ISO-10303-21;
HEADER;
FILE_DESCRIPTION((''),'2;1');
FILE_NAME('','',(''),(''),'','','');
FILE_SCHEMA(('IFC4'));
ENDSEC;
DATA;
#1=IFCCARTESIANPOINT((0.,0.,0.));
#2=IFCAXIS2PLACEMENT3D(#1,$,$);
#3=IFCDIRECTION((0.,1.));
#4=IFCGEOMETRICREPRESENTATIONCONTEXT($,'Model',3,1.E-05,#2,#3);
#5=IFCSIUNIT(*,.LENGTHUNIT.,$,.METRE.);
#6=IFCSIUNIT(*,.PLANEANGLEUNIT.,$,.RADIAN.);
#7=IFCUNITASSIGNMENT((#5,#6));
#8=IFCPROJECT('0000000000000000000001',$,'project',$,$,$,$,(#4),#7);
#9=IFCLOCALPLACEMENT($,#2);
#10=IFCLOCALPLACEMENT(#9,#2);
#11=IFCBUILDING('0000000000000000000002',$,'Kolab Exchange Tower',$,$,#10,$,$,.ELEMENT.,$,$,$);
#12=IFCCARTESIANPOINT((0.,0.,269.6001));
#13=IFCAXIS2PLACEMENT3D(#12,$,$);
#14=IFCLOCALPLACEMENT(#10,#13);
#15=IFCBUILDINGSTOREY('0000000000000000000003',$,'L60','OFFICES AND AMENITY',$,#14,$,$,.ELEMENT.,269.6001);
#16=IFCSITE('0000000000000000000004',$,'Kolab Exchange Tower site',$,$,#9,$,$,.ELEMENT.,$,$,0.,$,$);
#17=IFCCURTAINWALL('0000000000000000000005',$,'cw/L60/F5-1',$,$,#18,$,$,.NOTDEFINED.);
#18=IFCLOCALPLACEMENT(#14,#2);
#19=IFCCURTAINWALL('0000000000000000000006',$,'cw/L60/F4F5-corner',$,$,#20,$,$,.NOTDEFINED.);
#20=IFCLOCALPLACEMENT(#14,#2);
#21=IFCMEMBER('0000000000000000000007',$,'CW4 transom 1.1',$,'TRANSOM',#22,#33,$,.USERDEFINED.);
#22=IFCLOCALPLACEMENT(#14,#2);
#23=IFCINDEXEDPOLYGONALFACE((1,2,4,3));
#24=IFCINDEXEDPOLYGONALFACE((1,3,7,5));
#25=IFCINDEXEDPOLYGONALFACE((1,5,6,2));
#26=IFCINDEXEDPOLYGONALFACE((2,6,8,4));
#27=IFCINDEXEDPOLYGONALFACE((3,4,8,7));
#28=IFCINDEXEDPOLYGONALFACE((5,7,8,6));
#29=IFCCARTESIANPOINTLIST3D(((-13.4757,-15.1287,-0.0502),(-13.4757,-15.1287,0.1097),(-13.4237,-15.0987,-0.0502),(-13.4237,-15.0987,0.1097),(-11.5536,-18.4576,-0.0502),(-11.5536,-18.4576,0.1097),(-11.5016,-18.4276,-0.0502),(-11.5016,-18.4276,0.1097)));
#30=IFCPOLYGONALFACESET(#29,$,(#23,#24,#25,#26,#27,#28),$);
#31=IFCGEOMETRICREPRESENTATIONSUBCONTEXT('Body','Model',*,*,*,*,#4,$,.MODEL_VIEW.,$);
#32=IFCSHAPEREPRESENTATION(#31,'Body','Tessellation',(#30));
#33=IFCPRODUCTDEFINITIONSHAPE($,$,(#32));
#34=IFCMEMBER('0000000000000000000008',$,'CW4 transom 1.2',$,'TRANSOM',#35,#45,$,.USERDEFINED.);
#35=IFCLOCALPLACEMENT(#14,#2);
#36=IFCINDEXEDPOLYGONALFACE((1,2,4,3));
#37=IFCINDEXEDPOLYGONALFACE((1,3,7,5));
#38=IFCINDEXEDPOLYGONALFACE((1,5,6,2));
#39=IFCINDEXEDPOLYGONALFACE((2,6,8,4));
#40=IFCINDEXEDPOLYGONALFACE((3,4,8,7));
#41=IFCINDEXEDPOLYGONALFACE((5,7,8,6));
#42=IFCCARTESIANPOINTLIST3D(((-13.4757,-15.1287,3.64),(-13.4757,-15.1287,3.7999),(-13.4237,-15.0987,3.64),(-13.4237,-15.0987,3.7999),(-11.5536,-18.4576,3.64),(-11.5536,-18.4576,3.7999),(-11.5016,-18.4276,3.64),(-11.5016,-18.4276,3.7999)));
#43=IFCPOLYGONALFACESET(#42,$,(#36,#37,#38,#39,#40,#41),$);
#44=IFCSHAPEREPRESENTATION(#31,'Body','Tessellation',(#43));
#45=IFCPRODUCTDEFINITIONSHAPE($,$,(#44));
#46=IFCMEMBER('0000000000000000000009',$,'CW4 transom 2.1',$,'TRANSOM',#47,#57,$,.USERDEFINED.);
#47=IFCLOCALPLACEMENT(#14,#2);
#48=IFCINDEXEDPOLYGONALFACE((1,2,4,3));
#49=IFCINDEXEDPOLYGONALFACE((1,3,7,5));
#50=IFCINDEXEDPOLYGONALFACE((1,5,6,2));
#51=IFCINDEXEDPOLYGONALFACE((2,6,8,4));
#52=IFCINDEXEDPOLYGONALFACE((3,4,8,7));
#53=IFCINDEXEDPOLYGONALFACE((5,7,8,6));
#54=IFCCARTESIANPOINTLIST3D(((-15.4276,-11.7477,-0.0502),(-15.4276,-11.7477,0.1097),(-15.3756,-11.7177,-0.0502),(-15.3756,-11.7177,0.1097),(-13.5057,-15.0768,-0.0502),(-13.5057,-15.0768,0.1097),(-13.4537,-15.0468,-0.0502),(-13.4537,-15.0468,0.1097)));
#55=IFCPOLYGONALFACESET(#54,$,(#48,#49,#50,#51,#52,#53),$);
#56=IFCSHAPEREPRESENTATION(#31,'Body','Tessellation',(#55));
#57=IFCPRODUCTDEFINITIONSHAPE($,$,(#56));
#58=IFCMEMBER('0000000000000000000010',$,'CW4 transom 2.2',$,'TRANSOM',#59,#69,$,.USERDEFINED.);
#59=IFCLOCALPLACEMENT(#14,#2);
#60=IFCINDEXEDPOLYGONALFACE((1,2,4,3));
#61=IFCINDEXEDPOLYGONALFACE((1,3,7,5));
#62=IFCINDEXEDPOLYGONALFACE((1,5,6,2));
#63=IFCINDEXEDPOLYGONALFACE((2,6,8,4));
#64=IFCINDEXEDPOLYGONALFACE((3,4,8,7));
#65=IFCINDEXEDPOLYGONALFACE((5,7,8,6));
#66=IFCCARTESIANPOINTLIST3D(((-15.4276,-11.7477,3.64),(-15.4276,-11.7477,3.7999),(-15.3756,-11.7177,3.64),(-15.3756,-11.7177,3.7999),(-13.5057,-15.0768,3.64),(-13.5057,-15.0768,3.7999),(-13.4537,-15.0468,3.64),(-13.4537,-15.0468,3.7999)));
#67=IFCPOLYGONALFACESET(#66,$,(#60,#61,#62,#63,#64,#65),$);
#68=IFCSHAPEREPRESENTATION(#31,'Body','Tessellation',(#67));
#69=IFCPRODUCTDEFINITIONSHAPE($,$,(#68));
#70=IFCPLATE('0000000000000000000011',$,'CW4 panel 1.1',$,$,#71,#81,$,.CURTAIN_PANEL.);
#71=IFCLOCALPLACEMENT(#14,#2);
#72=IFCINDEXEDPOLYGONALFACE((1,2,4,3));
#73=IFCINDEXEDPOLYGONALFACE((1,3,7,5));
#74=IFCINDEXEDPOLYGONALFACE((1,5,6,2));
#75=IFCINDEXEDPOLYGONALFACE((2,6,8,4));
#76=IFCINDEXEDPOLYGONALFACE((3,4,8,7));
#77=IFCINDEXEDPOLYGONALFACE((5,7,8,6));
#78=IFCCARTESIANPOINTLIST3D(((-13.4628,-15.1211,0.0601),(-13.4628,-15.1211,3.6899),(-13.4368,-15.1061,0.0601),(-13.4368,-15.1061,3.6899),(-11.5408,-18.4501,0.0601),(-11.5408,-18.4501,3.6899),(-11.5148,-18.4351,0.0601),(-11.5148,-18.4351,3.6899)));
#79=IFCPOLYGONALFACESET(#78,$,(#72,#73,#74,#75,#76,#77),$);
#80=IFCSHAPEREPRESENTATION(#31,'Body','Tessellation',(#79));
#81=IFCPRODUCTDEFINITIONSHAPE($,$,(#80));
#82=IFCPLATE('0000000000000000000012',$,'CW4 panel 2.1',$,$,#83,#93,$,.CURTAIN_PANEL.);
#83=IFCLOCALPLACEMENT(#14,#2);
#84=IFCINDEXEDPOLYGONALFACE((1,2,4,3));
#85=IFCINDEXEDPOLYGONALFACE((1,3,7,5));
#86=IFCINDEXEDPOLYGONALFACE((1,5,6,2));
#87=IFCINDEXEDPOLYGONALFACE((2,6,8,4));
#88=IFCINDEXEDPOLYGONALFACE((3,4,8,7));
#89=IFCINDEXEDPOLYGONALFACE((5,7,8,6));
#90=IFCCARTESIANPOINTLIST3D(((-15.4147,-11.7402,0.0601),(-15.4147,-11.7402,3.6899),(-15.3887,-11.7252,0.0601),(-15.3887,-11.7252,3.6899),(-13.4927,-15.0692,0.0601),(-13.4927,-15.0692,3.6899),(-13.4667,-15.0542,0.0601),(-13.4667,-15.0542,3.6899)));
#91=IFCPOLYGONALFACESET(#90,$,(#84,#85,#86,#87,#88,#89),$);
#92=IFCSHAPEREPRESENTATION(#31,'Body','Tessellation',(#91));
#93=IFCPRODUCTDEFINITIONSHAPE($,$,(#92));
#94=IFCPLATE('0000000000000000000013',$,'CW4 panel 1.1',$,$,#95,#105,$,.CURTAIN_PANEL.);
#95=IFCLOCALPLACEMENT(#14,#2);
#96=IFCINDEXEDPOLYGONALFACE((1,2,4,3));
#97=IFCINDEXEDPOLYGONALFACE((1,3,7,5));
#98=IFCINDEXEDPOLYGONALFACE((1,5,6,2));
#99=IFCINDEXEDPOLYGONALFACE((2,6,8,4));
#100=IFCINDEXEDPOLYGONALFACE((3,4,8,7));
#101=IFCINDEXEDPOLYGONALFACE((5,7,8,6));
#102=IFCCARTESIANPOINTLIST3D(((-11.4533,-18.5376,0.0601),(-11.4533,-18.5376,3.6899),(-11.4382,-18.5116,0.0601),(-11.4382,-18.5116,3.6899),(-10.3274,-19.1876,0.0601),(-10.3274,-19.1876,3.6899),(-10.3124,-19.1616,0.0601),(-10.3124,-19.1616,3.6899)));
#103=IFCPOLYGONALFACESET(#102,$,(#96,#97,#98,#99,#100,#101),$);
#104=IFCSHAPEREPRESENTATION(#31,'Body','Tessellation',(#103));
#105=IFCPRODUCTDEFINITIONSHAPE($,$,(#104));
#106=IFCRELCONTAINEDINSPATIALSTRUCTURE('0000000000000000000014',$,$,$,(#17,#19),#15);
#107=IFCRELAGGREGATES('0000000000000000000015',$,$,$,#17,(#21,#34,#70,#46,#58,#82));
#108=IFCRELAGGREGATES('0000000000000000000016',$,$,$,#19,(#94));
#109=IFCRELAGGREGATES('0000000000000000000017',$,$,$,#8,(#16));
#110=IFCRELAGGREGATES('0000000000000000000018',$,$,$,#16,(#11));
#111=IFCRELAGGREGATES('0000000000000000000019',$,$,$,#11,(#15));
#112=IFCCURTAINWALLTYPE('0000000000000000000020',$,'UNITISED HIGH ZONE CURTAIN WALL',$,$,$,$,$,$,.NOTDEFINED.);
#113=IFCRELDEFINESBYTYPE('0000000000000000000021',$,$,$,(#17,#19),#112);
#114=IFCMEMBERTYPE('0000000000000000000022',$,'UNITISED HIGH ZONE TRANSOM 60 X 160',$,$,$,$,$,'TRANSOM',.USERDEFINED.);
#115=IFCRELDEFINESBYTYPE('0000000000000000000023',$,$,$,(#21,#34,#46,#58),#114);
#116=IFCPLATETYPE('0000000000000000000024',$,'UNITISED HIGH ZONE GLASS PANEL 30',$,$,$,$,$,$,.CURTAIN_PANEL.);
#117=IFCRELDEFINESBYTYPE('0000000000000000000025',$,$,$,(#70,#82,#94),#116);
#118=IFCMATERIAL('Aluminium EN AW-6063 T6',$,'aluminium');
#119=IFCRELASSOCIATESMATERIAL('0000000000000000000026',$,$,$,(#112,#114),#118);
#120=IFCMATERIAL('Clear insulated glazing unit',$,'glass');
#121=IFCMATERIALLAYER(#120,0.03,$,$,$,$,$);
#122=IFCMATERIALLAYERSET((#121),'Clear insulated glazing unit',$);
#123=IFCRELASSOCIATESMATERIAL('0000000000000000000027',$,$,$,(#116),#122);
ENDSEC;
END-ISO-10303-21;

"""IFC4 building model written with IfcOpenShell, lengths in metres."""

from ifc_helpers import new_model, si_unit, direction, frame, origin, origin_2d, place, context, subcontext, project, spatial, rectangle, extrude, material, layer, layer_set, material_profile, profile_set, type_object, element, aggregate, save


model = new_model("IFC4")

# Units and contexts
model_context = context("Model", 3, precision=1e-05, world=origin(), true_north=direction((0.0, 1.0)))
body_context = subcontext(model_context, "Body", "Model", "MODEL_VIEW")
ifc_project = project(units=[si_unit("LENGTHUNIT", "METRE"), si_unit("PLANEANGLEUNIT", "RADIAN")], contexts=[model_context])

# Site, building, storey
site_placement = place(None, origin())
site = spatial("IfcSite", under=ifc_project, at=site_placement, Name="Kolab Exchange Tower site", CompositionType="ELEMENT", RefElevation=0.0)
building_placement = place(site_placement, origin())
building = spatial("IfcBuilding", under=site, at=building_placement, Name="Kolab Exchange Tower", CompositionType="ELEMENT")
storey_placement = place(building_placement, frame((0.0, 0.0, 269.6001)))
storey = spatial("IfcBuildingStorey", under=building, at=storey_placement, Name="L60", Description="OFFICES AND AMENITY", CompositionType="ELEMENT", Elevation=269.6001)

# Curtain wall
ifc_material_1 = material(Name="Aluminium EN AW-6063 T6", Category="aluminium")
curtain_wall_type = type_object("IfcCurtainWallType", Name="UNITISED HIGH ZONE CURTAIN WALL", PredefinedType="NOTDEFINED", material=ifc_material_1)
curtain_wall_1_placement = place(storey_placement, origin())
curtain_wall_1 = element("IfcCurtainWall", 1, at=curtain_wall_1_placement, inside=storey, type_object=curtain_wall_type, Name="cw/L60/F5-1", PredefinedType="NOTDEFINED")

# Curtain wall
curtain_wall_2_placement = place(storey_placement, origin())
curtain_wall_2 = element("IfcCurtainWall", 2, at=curtain_wall_2_placement, inside=storey, type_object=curtain_wall_type, Name="cw/L60/F4F5-corner", PredefinedType="NOTDEFINED")

# Members
ifc_material_profile_1 = material_profile(ifc_material_1, rectangle(XDim=0.0601, YDim=0.1599, at=origin_2d()), Name="RECT 60X160")
ifc_profile_set_1 = profile_set([ifc_material_profile_1], Name="Aluminium EN AW-6063 T6")
member_type_1 = type_object("IfcMemberType", Name="UNITISED HIGH ZONE TRANSOM 60 X 160", ElementType="TRANSOM", PredefinedType="USERDEFINED", material=ifc_profile_set_1)
member_1_placement = place(storey_placement, frame((-11.5276, -18.4426, 0.0298), z_axis=(-0.500039, 0.866003, 0.0), x_axis=(-0.866003, -0.500039, 0.0)))
member_1 = element("IfcMember", 3, at=member_1_placement, type_object=member_type_1, Name="CW4 transom 1.1", ObjectType="TRANSOM", PredefinedType="USERDEFINED", context=body_context, shape_type="SweptSolid", body=[
    extrude(rectangle(XDim=0.0601, YDim=0.1599, at=origin_2d()), origin(), (0.0, 0.0, 1.0), 3.844),
])
member_2_placement = place(storey_placement, frame((-11.5276, -18.4426, 3.72), z_axis=(-0.500039, 0.866003, 0.0), x_axis=(-0.866003, -0.500039, 0.0)))
member_2 = element("IfcMember", 4, at=member_2_placement, type_object=member_type_1, Name="CW4 transom 1.2", ObjectType="TRANSOM", PredefinedType="USERDEFINED", context=body_context, shape_type="SweptSolid", body=[
    extrude(rectangle(XDim=0.0601, YDim=0.1599, at=origin_2d()), origin(), (0.0, 0.0, 1.0), 3.844),
])
member_3_placement = place(storey_placement, frame((-13.4797, -15.0618, 0.0298), z_axis=(-0.499964, 0.866046, 0.0), x_axis=(-0.866046, -0.499964, 0.0)))
member_3 = element("IfcMember", 5, at=member_3_placement, type_object=member_type_1, Name="CW4 transom 2.1", ObjectType="TRANSOM", PredefinedType="USERDEFINED", context=body_context, shape_type="SweptSolid", body=[
    extrude(rectangle(XDim=0.0601, YDim=0.1599, at=origin_2d()), origin(), (0.0, 0.0, 1.0), 3.844),
])
member_4_placement = place(storey_placement, frame((-13.4797, -15.0618, 3.72), z_axis=(-0.499964, 0.866046, 0.0), x_axis=(-0.866046, -0.499964, 0.0)))
member_4 = element("IfcMember", 6, at=member_4_placement, type_object=member_type_1, Name="CW4 transom 2.2", ObjectType="TRANSOM", PredefinedType="USERDEFINED", context=body_context, shape_type="SweptSolid", body=[
    extrude(rectangle(XDim=0.0601, YDim=0.1599, at=origin_2d()), origin(), (0.0, 0.0, 1.0), 3.844),
])

# Plates
ifc_material_2 = material(Name="Clear insulated glazing unit", Category="glass")
ifc_layer_1 = layer(ifc_material_2, 0.03)
ifc_layer_set_1 = layer_set([ifc_layer_1], Name="Clear insulated glazing unit")
plate_type = type_object("IfcPlateType", Name="UNITISED HIGH ZONE GLASS PANEL 30", PredefinedType="CURTAIN_PANEL", material=ifc_layer_set_1)
plate_1_placement = place(storey_placement, frame((-12.4888, -16.7781, 0.0601), z_axis=(0.0, 0.0, 1.0), x_axis=(-0.5, 0.866025, 0.0)))
plate_1 = element("IfcPlate", 7, at=plate_1_placement, type_object=plate_type, Name="CW4 panel 1.1", PredefinedType="CURTAIN_PANEL", context=body_context, shape_type="SweptSolid", body=[
    extrude(rectangle(XDim=3.844, YDim=0.03, at=origin_2d()), origin(), (0.0, 0.0, 1.0), 3.6299),
])
plate_2_placement = place(storey_placement, frame((-14.4407, -13.3972, 0.0601), z_axis=(0.0, 0.0, 1.0), x_axis=(-0.5, 0.866025, 0.0)))
plate_2 = element("IfcPlate", 8, at=plate_2_placement, type_object=plate_type, Name="CW4 panel 2.1", PredefinedType="CURTAIN_PANEL", context=body_context, shape_type="SweptSolid", body=[
    extrude(rectangle(XDim=3.844, YDim=0.03, at=origin_2d()), origin(), (0.0, 0.0, 1.0), 3.6299),
])
aggregate(curtain_wall_1, [member_1, member_2, plate_1, member_3, member_4, plate_2])
plate_3_placement = place(storey_placement, frame((-10.8828, -18.8496, 0.0601), z_axis=(0.0, 0.0, 1.0), x_axis=(-0.866025, 0.5, 0.0)))
plate_3 = element("IfcPlate", 9, at=plate_3_placement, type_object=plate_type, Name="CW4 panel 1.1", PredefinedType="CURTAIN_PANEL", context=body_context, shape_type="SweptSolid", body=[
    extrude(rectangle(XDim=1.3, YDim=0.03, at=origin_2d()), origin(), (0.0, 0.0, 1.0), 3.6299),
])
aggregate(curtain_wall_2, [plate_3])

save(model, "model.ifc")
